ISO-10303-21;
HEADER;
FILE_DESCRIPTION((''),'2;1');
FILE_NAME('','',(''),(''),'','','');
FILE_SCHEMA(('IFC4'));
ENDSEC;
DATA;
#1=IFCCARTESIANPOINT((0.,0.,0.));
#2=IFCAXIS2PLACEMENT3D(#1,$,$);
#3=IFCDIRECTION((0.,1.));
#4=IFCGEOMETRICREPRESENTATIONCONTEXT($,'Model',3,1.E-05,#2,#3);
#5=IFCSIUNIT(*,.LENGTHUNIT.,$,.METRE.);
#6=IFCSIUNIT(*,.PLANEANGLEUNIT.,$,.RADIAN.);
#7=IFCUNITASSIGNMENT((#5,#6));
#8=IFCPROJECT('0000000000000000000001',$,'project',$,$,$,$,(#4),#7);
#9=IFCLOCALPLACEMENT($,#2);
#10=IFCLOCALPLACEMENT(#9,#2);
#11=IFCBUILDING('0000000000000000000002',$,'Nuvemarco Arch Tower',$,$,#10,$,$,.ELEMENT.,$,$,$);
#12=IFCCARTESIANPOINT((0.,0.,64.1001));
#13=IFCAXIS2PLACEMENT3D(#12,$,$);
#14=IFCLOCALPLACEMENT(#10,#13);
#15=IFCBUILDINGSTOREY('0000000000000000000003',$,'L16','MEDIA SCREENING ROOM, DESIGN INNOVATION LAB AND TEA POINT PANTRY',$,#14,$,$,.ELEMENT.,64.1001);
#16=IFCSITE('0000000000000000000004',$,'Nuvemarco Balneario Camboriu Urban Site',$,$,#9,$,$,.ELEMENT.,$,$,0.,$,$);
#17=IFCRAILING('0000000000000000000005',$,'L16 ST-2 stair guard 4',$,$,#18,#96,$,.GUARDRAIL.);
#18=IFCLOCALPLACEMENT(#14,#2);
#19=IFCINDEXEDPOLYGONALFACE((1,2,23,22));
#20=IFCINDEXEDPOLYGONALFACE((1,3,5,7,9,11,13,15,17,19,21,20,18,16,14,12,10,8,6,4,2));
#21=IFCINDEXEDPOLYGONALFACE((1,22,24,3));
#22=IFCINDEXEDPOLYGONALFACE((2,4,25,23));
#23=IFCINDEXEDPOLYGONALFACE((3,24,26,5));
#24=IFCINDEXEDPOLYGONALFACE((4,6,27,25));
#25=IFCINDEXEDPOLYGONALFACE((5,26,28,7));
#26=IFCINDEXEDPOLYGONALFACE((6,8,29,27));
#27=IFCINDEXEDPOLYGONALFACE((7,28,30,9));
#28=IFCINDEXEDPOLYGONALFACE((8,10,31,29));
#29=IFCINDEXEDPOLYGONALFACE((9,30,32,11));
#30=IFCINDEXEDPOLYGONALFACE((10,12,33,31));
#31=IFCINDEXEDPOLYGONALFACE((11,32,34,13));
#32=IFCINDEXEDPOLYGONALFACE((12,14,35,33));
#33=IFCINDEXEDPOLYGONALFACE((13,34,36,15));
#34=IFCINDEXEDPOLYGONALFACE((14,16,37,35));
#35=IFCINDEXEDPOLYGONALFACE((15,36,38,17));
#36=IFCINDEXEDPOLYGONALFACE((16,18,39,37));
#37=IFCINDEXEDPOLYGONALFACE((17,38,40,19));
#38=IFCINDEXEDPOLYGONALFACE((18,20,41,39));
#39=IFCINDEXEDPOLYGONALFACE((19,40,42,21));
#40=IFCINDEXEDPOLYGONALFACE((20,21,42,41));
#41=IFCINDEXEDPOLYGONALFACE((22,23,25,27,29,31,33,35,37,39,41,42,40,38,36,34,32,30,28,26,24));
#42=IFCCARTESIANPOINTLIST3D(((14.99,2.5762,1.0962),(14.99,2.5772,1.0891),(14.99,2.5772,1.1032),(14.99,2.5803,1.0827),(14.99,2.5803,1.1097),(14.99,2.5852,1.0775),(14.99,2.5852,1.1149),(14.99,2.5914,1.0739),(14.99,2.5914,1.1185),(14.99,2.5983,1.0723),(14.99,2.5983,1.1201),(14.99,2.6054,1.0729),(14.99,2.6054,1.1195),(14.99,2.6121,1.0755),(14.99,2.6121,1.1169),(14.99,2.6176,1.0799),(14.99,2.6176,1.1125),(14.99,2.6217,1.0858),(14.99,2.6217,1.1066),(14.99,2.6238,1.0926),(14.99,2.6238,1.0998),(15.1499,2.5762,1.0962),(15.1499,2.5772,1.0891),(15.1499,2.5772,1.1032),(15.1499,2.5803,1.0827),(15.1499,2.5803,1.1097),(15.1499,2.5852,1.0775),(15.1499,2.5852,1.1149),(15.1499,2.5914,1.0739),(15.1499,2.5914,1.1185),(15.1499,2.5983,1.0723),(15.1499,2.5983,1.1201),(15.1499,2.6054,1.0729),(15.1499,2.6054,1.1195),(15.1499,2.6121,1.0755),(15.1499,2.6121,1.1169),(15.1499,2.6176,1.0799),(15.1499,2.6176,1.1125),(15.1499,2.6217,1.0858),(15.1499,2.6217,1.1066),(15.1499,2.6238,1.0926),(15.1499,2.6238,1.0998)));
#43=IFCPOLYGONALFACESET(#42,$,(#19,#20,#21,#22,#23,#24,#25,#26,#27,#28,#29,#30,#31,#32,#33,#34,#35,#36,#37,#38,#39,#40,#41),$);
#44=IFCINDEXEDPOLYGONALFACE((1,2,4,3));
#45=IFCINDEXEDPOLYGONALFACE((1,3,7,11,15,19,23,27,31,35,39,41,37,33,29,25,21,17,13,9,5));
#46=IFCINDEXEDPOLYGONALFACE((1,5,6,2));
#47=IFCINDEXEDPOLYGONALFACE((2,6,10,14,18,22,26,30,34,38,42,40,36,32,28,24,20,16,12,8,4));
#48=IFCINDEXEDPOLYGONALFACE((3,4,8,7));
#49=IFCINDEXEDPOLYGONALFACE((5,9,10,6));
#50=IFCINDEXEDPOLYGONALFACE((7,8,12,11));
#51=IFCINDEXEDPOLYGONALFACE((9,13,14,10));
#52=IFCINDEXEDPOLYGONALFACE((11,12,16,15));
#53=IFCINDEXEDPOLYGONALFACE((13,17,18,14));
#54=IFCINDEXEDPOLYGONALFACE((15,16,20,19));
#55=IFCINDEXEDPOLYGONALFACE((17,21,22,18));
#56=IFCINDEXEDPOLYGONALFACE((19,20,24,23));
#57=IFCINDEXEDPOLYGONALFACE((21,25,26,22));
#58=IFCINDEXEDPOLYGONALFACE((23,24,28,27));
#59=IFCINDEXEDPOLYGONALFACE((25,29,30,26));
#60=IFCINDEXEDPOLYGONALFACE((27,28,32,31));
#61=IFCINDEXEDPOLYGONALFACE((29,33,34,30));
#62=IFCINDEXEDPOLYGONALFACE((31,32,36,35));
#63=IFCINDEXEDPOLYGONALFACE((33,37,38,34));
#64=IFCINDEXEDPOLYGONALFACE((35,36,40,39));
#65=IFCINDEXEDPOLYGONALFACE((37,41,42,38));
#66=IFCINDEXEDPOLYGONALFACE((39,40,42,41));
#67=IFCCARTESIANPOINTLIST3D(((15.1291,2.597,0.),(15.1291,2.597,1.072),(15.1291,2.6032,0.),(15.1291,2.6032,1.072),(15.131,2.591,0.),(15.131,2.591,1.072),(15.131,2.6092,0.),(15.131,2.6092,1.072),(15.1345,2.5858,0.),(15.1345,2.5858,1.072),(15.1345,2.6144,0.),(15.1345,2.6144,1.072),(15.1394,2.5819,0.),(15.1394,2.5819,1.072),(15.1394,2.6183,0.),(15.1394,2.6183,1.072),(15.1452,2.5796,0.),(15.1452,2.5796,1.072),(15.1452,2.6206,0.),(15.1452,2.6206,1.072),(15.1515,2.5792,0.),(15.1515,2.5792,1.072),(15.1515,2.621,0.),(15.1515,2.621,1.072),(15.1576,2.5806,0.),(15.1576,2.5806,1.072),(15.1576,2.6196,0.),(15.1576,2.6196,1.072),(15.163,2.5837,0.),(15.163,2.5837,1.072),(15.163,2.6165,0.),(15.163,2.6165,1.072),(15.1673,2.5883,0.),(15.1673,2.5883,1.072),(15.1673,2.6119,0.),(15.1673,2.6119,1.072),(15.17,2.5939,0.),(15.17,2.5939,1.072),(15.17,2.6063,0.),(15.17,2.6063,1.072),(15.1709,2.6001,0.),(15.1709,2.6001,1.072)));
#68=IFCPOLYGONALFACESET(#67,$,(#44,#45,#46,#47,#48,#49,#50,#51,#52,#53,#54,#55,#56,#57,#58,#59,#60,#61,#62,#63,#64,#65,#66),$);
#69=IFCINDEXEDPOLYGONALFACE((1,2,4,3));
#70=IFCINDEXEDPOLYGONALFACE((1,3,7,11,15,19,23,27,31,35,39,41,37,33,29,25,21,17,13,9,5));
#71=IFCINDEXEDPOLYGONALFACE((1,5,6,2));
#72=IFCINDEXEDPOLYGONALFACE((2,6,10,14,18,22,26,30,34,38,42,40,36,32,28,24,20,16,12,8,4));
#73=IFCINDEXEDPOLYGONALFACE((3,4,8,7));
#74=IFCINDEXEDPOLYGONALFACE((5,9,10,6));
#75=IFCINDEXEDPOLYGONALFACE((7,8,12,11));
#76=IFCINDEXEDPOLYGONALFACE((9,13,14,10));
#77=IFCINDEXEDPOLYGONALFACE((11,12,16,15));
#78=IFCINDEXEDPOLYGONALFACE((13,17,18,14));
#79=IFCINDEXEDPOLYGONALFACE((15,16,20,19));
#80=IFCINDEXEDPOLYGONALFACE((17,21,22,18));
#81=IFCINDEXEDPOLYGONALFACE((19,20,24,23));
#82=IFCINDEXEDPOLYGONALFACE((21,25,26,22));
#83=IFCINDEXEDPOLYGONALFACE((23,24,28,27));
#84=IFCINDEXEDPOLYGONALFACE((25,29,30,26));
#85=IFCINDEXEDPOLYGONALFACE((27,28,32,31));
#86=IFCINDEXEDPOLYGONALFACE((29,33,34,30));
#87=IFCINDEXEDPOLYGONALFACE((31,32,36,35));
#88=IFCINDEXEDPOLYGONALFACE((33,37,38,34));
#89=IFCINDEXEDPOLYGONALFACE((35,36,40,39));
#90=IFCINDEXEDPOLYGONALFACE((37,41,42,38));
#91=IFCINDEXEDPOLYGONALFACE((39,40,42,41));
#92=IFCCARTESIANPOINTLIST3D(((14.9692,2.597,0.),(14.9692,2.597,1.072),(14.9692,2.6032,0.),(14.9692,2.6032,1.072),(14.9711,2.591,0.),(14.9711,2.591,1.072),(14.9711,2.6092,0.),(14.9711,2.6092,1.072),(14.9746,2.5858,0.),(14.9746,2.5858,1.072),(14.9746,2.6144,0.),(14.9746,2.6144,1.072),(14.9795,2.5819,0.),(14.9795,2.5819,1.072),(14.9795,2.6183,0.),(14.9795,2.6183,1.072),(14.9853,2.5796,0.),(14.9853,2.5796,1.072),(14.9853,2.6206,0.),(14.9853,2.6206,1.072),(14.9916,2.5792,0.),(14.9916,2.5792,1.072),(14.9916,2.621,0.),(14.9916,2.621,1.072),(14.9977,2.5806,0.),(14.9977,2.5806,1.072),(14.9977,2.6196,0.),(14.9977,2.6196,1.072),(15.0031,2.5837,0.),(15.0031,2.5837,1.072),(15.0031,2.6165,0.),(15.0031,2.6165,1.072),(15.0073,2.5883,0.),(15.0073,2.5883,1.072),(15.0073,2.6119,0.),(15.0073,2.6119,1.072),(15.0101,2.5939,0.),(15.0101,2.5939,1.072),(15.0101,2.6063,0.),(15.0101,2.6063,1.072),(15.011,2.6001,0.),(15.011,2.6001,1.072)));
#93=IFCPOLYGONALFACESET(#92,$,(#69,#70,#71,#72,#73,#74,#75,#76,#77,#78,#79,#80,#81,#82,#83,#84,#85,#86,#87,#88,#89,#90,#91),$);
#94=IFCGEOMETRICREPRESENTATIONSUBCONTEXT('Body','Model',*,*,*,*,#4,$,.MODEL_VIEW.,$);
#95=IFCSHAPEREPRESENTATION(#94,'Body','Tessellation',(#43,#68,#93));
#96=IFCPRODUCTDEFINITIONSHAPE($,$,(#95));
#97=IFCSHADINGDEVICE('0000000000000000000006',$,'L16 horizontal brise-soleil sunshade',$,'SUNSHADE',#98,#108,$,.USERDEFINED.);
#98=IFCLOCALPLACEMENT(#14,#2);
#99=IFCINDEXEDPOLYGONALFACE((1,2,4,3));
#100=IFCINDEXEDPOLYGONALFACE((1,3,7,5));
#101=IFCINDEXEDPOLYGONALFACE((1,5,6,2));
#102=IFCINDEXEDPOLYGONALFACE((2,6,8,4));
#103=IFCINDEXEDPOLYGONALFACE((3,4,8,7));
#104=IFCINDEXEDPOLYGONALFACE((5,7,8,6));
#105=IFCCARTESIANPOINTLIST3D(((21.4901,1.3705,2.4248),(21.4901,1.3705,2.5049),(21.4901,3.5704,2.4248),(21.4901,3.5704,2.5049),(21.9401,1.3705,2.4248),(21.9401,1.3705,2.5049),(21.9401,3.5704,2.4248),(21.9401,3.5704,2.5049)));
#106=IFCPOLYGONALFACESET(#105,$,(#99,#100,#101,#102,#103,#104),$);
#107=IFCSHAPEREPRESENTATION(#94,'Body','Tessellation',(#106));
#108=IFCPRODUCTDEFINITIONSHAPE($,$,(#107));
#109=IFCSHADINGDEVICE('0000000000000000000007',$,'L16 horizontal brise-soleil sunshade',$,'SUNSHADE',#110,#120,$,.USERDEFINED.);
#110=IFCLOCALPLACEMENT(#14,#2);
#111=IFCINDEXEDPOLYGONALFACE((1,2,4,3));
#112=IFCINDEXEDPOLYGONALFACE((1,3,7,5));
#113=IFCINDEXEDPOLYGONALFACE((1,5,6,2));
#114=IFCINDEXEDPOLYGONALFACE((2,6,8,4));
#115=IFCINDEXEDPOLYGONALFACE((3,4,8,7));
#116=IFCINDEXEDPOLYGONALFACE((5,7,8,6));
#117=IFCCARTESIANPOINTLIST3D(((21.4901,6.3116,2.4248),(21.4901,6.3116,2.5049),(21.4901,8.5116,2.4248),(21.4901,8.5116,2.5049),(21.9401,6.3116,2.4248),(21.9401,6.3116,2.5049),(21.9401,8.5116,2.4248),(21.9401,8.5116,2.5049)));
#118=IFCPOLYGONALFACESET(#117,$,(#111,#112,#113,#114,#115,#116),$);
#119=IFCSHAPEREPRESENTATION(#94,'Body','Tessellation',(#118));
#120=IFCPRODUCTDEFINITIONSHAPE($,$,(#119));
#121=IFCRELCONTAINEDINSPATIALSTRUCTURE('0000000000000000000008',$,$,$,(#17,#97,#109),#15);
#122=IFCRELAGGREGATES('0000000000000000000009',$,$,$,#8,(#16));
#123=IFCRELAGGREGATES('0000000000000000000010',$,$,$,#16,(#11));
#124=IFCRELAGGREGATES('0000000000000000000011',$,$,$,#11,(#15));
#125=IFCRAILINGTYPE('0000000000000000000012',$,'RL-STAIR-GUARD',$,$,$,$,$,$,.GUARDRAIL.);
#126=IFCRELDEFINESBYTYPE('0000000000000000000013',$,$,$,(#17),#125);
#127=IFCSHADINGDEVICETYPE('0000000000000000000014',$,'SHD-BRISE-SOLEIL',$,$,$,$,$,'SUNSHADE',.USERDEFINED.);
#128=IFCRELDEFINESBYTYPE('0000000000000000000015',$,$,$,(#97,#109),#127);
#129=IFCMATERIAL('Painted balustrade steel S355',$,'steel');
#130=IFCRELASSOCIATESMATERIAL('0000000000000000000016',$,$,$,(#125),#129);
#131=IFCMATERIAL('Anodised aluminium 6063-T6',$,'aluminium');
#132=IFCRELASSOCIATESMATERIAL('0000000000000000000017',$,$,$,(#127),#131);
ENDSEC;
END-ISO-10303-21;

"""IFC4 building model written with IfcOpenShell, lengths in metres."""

from ifc_helpers import new_model, si_unit, direction, frame, origin, origin_2d, place, context, subcontext, project, spatial, rectangle, circle, extrude, source, transform, mapped, material, type_object, type_shapes, element, save


model = new_model("IFC4")

# Units and contexts
model_context = context("Model", 3, precision=1e-05, world=origin(), true_north=direction((0.0, 1.0)))
body_context = subcontext(model_context, "Body", "Model", "MODEL_VIEW")
ifc_project = project(units=[si_unit("LENGTHUNIT", "METRE"), si_unit("PLANEANGLEUNIT", "RADIAN")], contexts=[model_context])

# Site, building, storey
site_placement = place(None, origin())
site = spatial("IfcSite", under=ifc_project, at=site_placement, Name="Nuvemarco Balneario Camboriu Urban Site", CompositionType="ELEMENT", RefElevation=0.0)
building_placement = place(site_placement, origin())
building = spatial("IfcBuilding", under=site, at=building_placement, Name="Nuvemarco Arch Tower", CompositionType="ELEMENT")
storey_placement = place(building_placement, frame((0.0, 0.0, 64.1001)))
storey = spatial("IfcBuildingStorey", under=building, at=storey_placement, Name="L16", Description="MEDIA SCREENING ROOM, DESIGN INNOVATION LAB AND TEA POINT PANTRY", CompositionType="ELEMENT", Elevation=64.1001)

# Railing
ifc_material_1 = material(Name="Painted balustrade steel S355", Category="steel")
railing_type_1 = type_object("IfcRailingType", Name="RL-STAIR-GUARD", PredefinedType="GUARDRAIL", material=ifc_material_1)
railing_1_placement = place(storey_placement, frame((15.1499, 2.6001, 0.0)))
element("IfcRailing", 1, at=railing_1_placement, inside=storey, type_object=railing_type_1, Name="L16 ST-2 stair guard 4", PredefinedType="GUARDRAIL", context=body_context, shape_type="SweptSolid", body=[
    extrude(circle(Radius=0.0239, at=origin_2d()), frame((0.0, 0.0, 1.0962), z_axis=(-1.0, 0.0, 0.0), x_axis=(0.0, -1.0, 0.0)), (0.0, 0.0, 1.0), 0.1599),
    extrude(circle(Radius=0.021, at=origin_2d()), origin(), (0.0, 0.0, 1.0), 1.072),
    extrude(circle(Radius=0.021, at=origin_2d()), frame((-0.1599, 0.0, 0.0)), (0.0, 0.0, 1.0), 1.072),
])

# Shading devices
ifc_material_2 = material(Name="Anodised aluminium 6063-T6", Category="aluminium")
shading_device_type = type_object("IfcShadingDeviceType", Name="SHD-BRISE-SOLEIL", ElementType="SUNSHADE", PredefinedType="USERDEFINED", material=ifc_material_2)
shared_shape_1 = source(origin(), body_context, "Body", "SweptSolid", [
    extrude(rectangle(XDim=2.2, YDim=0.45, at=origin_2d()), origin(), (0.0, 0.0, 1.0), 0.0801),
])
type_shapes(shading_device_type, [shared_shape_1])
for number, where, z_axis, x_axis, name in (
    (2, (21.7151, 2.4705, 2.4248), (0.0, 0.0, 1.0), (0.0, 1.0, 0.0), "L16 horizontal brise-soleil sunshade"),
    (3, (21.7151, 7.4116, 2.4248), (0.0, 0.0, 1.0), (0.0, 1.0, 0.0), "L16 horizontal brise-soleil sunshade"),
):
    element("IfcShadingDevice", number, at=place(storey_placement, frame(where, z_axis=z_axis, x_axis=x_axis)), inside=storey, type_object=shading_device_type, Name=name, ObjectType="SUNSHADE", PredefinedType="USERDEFINED", context=body_context, shape_type="MappedRepresentation", body=[
        mapped(shared_shape_1, transform((0.0, 0.0, 0.0), scale=1.0)),
    ])

save(model, "model.ifc")
